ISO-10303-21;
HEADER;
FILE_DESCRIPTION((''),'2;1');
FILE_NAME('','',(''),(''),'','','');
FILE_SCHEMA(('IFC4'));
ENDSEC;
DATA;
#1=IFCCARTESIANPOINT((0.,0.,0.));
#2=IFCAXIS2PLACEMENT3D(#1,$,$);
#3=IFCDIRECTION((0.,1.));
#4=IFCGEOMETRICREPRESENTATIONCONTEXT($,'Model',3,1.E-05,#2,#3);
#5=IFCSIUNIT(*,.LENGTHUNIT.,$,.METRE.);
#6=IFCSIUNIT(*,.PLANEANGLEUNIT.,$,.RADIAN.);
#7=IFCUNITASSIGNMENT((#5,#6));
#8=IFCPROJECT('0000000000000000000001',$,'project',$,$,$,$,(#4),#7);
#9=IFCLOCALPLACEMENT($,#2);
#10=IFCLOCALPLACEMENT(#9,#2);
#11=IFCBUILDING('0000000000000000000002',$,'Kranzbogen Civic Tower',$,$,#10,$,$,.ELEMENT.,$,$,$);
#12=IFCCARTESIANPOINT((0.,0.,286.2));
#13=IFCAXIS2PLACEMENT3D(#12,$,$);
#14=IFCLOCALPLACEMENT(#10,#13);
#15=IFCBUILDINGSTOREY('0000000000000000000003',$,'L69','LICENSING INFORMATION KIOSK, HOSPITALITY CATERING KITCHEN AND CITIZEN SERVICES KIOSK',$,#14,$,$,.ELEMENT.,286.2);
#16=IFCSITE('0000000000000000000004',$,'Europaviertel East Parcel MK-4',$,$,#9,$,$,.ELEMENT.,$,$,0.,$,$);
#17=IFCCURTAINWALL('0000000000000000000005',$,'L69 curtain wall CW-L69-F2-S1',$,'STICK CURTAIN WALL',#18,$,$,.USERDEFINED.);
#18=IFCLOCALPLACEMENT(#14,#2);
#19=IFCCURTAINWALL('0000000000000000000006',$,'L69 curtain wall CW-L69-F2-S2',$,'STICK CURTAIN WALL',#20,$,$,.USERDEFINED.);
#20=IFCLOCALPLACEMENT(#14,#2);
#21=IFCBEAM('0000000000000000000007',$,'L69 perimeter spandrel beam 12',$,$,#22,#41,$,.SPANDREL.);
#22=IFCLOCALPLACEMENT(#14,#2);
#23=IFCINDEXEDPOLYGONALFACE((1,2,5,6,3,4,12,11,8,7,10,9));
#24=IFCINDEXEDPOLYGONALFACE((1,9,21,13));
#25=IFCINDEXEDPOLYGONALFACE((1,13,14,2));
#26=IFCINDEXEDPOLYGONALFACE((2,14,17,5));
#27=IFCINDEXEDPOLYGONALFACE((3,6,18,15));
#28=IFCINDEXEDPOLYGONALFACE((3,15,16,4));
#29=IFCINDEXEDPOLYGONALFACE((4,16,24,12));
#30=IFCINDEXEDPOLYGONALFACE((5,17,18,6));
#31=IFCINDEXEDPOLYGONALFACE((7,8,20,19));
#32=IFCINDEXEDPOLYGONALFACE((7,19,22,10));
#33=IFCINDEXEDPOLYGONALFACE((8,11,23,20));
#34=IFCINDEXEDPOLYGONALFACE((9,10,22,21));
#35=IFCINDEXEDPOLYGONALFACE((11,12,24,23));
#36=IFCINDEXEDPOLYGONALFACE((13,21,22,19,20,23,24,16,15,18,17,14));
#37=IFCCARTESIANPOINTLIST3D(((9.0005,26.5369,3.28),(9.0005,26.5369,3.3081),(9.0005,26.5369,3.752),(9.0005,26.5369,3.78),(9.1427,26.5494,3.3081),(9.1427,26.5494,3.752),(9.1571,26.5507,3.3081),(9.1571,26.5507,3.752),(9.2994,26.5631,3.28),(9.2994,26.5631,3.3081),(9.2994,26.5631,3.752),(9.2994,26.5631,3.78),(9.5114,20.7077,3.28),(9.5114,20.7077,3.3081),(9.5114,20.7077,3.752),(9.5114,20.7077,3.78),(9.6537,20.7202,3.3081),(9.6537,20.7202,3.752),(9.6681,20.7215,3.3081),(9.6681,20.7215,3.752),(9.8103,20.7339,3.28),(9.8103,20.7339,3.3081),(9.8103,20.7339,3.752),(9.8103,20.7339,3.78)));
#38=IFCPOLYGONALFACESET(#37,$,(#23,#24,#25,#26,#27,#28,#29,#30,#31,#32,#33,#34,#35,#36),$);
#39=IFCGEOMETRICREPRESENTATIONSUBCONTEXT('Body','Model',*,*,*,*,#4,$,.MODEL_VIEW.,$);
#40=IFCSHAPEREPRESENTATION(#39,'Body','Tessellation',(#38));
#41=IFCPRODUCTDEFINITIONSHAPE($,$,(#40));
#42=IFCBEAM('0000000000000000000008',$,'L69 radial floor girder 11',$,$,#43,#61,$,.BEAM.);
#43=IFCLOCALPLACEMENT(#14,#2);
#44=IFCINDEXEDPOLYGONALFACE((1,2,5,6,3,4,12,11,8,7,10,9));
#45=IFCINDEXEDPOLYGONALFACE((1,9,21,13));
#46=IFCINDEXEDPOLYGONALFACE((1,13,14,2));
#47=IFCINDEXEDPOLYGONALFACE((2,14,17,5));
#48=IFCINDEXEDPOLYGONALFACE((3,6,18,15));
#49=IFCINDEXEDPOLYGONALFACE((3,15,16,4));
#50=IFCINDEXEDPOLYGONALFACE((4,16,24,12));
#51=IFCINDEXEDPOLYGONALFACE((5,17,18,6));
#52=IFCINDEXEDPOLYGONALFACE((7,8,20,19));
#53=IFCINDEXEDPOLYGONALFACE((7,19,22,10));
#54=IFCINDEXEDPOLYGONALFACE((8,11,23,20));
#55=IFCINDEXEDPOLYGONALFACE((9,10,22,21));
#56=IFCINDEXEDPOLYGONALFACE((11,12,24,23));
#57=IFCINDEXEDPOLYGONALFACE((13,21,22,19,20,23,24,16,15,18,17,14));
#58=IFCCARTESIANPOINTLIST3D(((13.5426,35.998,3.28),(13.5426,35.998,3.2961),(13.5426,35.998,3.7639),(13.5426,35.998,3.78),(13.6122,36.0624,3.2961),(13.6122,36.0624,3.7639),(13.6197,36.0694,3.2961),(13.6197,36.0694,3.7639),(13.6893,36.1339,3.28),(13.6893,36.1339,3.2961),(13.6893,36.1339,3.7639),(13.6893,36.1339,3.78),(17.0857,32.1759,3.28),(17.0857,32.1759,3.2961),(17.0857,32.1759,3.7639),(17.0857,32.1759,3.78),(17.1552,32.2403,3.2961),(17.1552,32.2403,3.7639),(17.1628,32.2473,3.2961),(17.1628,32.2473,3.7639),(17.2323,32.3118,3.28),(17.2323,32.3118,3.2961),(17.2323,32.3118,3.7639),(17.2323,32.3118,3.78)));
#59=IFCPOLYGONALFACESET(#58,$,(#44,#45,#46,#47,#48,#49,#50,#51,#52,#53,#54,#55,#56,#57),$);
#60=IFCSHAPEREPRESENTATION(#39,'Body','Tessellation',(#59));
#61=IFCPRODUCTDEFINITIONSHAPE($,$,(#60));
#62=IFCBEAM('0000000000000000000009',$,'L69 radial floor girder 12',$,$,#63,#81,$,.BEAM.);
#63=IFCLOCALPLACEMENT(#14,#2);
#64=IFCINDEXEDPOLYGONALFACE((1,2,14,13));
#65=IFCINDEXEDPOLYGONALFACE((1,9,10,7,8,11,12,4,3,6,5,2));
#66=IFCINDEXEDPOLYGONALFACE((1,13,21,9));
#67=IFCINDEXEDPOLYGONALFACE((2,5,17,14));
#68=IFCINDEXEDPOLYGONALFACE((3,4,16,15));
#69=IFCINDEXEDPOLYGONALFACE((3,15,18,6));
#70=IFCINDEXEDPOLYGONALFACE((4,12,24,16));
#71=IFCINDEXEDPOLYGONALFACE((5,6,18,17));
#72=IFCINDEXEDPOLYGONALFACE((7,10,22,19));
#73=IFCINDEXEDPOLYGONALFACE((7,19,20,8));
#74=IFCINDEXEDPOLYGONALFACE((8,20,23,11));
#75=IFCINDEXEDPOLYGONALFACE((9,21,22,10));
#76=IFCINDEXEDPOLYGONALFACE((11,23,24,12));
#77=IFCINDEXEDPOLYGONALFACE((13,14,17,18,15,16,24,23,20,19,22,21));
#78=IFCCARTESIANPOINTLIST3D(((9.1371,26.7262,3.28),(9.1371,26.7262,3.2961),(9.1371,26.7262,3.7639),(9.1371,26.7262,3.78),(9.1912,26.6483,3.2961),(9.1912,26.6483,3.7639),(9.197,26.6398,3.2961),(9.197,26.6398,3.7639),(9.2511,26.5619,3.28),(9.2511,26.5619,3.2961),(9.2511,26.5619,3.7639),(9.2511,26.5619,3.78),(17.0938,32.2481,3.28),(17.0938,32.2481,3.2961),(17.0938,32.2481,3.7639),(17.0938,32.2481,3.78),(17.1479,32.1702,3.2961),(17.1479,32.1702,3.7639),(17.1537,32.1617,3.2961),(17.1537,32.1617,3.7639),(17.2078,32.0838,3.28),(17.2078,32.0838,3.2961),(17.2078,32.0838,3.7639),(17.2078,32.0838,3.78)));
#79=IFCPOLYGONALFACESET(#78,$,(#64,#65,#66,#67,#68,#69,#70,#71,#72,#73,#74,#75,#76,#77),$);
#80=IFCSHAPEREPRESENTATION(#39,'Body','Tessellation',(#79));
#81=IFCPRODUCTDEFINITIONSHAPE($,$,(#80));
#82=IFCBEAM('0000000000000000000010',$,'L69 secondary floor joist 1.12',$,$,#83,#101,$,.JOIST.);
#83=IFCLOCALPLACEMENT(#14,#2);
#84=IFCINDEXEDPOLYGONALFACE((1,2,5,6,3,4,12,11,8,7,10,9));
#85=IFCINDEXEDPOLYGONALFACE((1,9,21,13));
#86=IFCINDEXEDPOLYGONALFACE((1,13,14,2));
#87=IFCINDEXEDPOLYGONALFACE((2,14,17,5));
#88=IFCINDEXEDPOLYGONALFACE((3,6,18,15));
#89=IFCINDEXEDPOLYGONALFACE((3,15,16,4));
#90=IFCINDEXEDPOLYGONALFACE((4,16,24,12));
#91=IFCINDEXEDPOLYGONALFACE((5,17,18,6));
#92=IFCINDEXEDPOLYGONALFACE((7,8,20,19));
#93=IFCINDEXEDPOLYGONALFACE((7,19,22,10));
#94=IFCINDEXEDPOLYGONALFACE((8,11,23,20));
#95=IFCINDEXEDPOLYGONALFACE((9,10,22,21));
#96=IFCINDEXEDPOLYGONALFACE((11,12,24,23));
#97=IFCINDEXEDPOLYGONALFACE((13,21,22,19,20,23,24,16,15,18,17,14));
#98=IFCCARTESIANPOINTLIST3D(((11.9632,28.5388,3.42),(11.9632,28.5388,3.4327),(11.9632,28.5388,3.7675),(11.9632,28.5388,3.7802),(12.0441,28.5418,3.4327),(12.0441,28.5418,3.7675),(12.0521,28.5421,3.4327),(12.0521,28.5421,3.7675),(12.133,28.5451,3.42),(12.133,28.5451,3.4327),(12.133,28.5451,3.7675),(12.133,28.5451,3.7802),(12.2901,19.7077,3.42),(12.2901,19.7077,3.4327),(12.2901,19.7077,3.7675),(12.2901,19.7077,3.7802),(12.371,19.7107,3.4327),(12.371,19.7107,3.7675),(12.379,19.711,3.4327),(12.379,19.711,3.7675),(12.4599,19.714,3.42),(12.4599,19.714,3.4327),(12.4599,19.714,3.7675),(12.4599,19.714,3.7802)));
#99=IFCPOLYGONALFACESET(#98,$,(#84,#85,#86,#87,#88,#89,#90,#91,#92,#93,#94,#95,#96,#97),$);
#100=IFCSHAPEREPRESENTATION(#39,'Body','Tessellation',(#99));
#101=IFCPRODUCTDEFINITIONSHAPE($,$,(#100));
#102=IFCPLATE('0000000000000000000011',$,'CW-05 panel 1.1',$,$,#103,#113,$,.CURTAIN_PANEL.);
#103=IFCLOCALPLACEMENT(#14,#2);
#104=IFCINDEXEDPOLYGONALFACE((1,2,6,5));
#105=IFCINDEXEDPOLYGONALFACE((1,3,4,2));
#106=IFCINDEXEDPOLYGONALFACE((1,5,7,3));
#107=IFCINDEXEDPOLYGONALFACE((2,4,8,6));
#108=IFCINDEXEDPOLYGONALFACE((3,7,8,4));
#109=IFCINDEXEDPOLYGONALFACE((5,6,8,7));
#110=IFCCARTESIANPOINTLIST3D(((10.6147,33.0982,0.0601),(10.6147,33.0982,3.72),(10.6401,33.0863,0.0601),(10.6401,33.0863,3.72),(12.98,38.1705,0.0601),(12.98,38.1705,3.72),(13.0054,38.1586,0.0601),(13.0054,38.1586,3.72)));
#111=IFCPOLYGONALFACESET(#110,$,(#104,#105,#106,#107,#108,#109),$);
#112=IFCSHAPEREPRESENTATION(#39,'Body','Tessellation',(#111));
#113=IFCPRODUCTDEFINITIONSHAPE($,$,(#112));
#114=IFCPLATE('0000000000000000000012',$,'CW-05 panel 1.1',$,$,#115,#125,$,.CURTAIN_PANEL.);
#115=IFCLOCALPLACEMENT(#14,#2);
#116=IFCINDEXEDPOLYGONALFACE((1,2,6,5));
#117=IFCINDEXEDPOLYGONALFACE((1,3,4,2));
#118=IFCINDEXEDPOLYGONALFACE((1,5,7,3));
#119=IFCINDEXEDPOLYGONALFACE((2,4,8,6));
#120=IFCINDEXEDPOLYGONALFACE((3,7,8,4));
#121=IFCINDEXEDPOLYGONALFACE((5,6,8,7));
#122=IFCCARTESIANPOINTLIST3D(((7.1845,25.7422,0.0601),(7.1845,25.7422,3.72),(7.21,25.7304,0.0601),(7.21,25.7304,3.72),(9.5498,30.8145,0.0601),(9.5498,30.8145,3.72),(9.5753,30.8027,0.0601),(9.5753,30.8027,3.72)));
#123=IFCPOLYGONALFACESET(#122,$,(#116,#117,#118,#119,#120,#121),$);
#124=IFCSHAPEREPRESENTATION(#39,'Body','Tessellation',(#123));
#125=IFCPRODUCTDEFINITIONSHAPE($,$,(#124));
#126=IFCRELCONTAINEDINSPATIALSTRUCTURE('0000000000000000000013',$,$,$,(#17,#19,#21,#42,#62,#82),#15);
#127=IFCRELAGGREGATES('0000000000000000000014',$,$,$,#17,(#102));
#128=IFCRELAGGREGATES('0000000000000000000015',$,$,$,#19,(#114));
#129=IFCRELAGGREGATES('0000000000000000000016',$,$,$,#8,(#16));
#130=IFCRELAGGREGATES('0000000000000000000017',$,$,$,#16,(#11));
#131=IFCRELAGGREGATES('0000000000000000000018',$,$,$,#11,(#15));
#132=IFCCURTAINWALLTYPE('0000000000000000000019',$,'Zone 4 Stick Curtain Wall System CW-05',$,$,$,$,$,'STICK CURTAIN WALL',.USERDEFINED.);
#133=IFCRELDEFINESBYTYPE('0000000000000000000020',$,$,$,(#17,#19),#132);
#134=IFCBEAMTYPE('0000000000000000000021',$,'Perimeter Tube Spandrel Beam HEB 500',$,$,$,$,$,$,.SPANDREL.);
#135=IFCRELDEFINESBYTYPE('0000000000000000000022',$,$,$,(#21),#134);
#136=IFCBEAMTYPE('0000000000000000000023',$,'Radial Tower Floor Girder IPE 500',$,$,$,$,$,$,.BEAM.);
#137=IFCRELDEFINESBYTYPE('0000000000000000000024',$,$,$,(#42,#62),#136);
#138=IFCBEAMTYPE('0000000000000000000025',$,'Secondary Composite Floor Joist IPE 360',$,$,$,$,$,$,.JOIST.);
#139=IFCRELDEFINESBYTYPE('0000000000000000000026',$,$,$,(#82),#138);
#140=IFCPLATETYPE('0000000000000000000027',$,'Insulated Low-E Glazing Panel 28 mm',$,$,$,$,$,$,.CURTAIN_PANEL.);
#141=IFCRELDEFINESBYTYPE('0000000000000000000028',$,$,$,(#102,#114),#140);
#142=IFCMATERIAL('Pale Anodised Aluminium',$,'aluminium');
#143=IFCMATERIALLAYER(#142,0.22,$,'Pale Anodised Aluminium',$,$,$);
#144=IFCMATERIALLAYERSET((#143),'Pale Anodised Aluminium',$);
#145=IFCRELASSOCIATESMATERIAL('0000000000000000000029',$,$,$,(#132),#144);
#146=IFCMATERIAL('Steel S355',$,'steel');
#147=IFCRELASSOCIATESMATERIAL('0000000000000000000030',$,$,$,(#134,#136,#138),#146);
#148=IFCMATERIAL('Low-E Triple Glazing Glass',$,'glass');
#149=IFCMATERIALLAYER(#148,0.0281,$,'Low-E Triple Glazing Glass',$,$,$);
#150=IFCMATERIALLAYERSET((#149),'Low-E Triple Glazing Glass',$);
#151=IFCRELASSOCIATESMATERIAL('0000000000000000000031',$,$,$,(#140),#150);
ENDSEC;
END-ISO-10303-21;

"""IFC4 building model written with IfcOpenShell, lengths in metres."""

from ifc_helpers import new_model, si_unit, direction, frame, origin, origin_2d, place, context, subcontext, project, spatial, rectangle, i_section, extrude, material, layer, layer_set, material_profile, profile_set, type_object, element, aggregate, save


model = new_model("IFC4")

# Units and contexts
model_context = context("Model", 3, precision=1e-05, world=origin(), true_north=direction((0.0, 1.0)))
body_context = subcontext(model_context, "Body", "Model", "MODEL_VIEW")
ifc_project = project(units=[si_unit("LENGTHUNIT", "METRE"), si_unit("PLANEANGLEUNIT", "RADIAN")], contexts=[model_context])

# Site, building, storey
site_placement = place(None, origin())
site = spatial("IfcSite", under=ifc_project, at=site_placement, Name="Europaviertel East Parcel MK-4", CompositionType="ELEMENT", RefElevation=0.0)
building_placement = place(site_placement, origin())
building = spatial("IfcBuilding", under=site, at=building_placement, Name="Kranzbogen Civic Tower", CompositionType="ELEMENT")
storey_placement = place(building_placement, frame((0.0, 0.0, 286.2)))
storey = spatial("IfcBuildingStorey", under=building, at=storey_placement, Name="L69", Description="LICENSING INFORMATION KIOSK, HOSPITALITY CATERING KITCHEN AND CITIZEN SERVICES KIOSK", CompositionType="ELEMENT", Elevation=286.2)

# Shared definitions
ifc_material_1 = material(Name="Steel S355", Category="steel")

# Curtain walls
ifc_material_2 = material(Name="Pale Anodised Aluminium", Category="aluminium")
ifc_layer_1 = layer(ifc_material_2, 0.22, Name="Pale Anodised Aluminium")
ifc_layer_set_1 = layer_set([ifc_layer_1], Name="Pale Anodised Aluminium")
curtain_wall_type = type_object("IfcCurtainWallType", Name="Zone 4 Stick Curtain Wall System CW-05", ElementType="STICK CURTAIN WALL", PredefinedType="USERDEFINED", material=ifc_layer_set_1)
curtain_wall_1_placement = place(storey_placement, origin())
curtain_wall_1 = element("IfcCurtainWall", 1, at=curtain_wall_1_placement, inside=storey, type_object=curtain_wall_type, Name="L69 curtain wall CW-L69-F2-S1", ObjectType="STICK CURTAIN WALL", PredefinedType="USERDEFINED")
curtain_wall_2_placement = place(storey_placement, origin())
curtain_wall_2 = element("IfcCurtainWall", 2, at=curtain_wall_2_placement, inside=storey, type_object=curtain_wall_type, Name="L69 curtain wall CW-L69-F2-S2", ObjectType="STICK CURTAIN WALL", PredefinedType="USERDEFINED")

# Beams
ifc_material_profile_1 = material_profile(ifc_material_1, i_section(OverallWidth=0.3, OverallDepth=0.5, WebThickness=0.0144, FlangeThickness=0.0281, at=origin_2d()), Name="HEB 500")
ifc_profile_set_1 = profile_set([ifc_material_profile_1], Name="Steel S355")
beam_type_1 = type_object("IfcBeamType", Name="Perimeter Tube Spandrel Beam HEB 500", PredefinedType="SPANDREL", material=ifc_profile_set_1)
beam_1_placement = place(storey_placement, frame((9.1499, 26.55, 3.53), z_axis=(0.087326, -0.99618, 0.0), x_axis=(0.99618, 0.087326, 0.0)))
element("IfcBeam", 3, at=beam_1_placement, inside=storey, type_object=beam_type_1, Name="L69 perimeter spandrel beam 12", PredefinedType="SPANDREL", context=body_context, shape_type="SweptSolid", body=[
    extrude(i_section(OverallWidth=0.3, OverallDepth=0.5, WebThickness=0.0144, FlangeThickness=0.0281, at=origin_2d()), origin(), (0.0, 0.0, 1.0), 5.8516),
])
ifc_material_profile_2 = material_profile(ifc_material_1, i_section(OverallWidth=0.2, OverallDepth=0.5, WebThickness=0.0103, FlangeThickness=0.0161, at=origin_2d()), Name="IPE 500")
ifc_profile_set_2 = profile_set([ifc_material_profile_2], Name="Steel S355")
beam_type_2 = type_object("IfcBeamType", Name="Radial Tower Floor Girder IPE 500", PredefinedType="BEAM", material=ifc_profile_set_2)
beam_2_placement = place(storey_placement, frame((13.616, 36.0659, 3.53), z_axis=(0.679827, -0.733372, 0.0), x_axis=(0.733372, 0.679827, 0.0)))
element("IfcBeam", 4, at=beam_2_placement, inside=storey, type_object=beam_type_2, Name="L69 radial floor girder 11", PredefinedType="BEAM", context=body_context, shape_type="SweptSolid", body=[
    extrude(i_section(OverallWidth=0.2, OverallDepth=0.5, WebThickness=0.0103, FlangeThickness=0.0161, at=origin_2d()), origin(), (0.0, 0.0, 1.0), 5.2117),
])
beam_3_placement = place(storey_placement, frame((9.1941, 26.644, 3.53), z_axis=(0.821543, 0.570147, 0.0), x_axis=(-0.570147, 0.821543, 0.0)))
element("IfcBeam", 5, at=beam_3_placement, inside=storey, type_object=beam_type_2, Name="L69 radial floor girder 12", PredefinedType="BEAM", context=body_context, shape_type="SweptSolid", body=[
    extrude(i_section(OverallWidth=0.2, OverallDepth=0.5, WebThickness=0.0103, FlangeThickness=0.0161, at=origin_2d()), origin(), (0.0, 0.0, 1.0), 9.6851),
])
ifc_material_profile_3 = material_profile(ifc_material_1, i_section(OverallWidth=0.1699, OverallDepth=0.3601, WebThickness=0.0081, FlangeThickness=0.0127, at=origin_2d()), Name="IPE 360")
ifc_profile_set_3 = profile_set([ifc_material_profile_3], Name="Steel S355")
beam_type_3 = type_object("IfcBeamType", Name="Secondary Composite Floor Joist IPE 360", PredefinedType="JOIST", material=ifc_profile_set_3)
beam_4_placement = place(storey_placement, frame((12.0481, 28.542, 3.6001), z_axis=(0.036992, -0.999316, 0.0), x_axis=(0.999316, 0.036992, 0.0)))
element("IfcBeam", 6, at=beam_4_placement, inside=storey, type_object=beam_type_3, Name="L69 secondary floor joist 1.12", PredefinedType="JOIST", context=body_context, shape_type="SweptSolid", body=[
    extrude(i_section(OverallWidth=0.1699, OverallDepth=0.3601, WebThickness=0.0081, FlangeThickness=0.0127, at=origin_2d()), origin(), (0.0, 0.0, 1.0), 8.8372),
])

# Plates
ifc_material_3 = material(Name="Low-E Triple Glazing Glass", Category="glass")
ifc_layer_2 = layer(ifc_material_3, 0.0281, Name="Low-E Triple Glazing Glass")
ifc_layer_set_2 = layer_set([ifc_layer_2], Name="Low-E Triple Glazing Glass")
plate_type = type_object("IfcPlateType", Name="Insulated Low-E Glazing Panel 28 mm", PredefinedType="CURTAIN_PANEL", material=ifc_layer_set_2)
plate_1_placement = place(storey_placement, frame((11.8101, 35.6284, 0.0601), z_axis=(0.0, 0.0, 1.0), x_axis=(-0.422627, -0.906304, 0.0)))
plate_1 = element("IfcPlate", 7, at=plate_1_placement, type_object=plate_type, Name="CW-05 panel 1.1", PredefinedType="CURTAIN_PANEL", context=body_context, shape_type="SweptSolid", body=[
    extrude(rectangle(XDim=5.5967, YDim=0.0281, at=origin_2d()), origin(), (0.0, 0.0, 1.0), 3.6599),
])
aggregate(curtain_wall_1, [plate_1])
plate_2_placement = place(storey_placement, frame((8.3799, 28.2725, 0.0601), z_axis=(0.0, 0.0, 1.0), x_axis=(-0.422627, -0.906304, 0.0)))
plate_2 = element("IfcPlate", 8, at=plate_2_placement, type_object=plate_type, Name="CW-05 panel 1.1", PredefinedType="CURTAIN_PANEL", context=body_context, shape_type="SweptSolid", body=[
    extrude(rectangle(XDim=5.5967, YDim=0.0281, at=origin_2d()), origin(), (0.0, 0.0, 1.0), 3.6599),
])
aggregate(curtain_wall_2, [plate_2])

save(model, "model.ifc")
